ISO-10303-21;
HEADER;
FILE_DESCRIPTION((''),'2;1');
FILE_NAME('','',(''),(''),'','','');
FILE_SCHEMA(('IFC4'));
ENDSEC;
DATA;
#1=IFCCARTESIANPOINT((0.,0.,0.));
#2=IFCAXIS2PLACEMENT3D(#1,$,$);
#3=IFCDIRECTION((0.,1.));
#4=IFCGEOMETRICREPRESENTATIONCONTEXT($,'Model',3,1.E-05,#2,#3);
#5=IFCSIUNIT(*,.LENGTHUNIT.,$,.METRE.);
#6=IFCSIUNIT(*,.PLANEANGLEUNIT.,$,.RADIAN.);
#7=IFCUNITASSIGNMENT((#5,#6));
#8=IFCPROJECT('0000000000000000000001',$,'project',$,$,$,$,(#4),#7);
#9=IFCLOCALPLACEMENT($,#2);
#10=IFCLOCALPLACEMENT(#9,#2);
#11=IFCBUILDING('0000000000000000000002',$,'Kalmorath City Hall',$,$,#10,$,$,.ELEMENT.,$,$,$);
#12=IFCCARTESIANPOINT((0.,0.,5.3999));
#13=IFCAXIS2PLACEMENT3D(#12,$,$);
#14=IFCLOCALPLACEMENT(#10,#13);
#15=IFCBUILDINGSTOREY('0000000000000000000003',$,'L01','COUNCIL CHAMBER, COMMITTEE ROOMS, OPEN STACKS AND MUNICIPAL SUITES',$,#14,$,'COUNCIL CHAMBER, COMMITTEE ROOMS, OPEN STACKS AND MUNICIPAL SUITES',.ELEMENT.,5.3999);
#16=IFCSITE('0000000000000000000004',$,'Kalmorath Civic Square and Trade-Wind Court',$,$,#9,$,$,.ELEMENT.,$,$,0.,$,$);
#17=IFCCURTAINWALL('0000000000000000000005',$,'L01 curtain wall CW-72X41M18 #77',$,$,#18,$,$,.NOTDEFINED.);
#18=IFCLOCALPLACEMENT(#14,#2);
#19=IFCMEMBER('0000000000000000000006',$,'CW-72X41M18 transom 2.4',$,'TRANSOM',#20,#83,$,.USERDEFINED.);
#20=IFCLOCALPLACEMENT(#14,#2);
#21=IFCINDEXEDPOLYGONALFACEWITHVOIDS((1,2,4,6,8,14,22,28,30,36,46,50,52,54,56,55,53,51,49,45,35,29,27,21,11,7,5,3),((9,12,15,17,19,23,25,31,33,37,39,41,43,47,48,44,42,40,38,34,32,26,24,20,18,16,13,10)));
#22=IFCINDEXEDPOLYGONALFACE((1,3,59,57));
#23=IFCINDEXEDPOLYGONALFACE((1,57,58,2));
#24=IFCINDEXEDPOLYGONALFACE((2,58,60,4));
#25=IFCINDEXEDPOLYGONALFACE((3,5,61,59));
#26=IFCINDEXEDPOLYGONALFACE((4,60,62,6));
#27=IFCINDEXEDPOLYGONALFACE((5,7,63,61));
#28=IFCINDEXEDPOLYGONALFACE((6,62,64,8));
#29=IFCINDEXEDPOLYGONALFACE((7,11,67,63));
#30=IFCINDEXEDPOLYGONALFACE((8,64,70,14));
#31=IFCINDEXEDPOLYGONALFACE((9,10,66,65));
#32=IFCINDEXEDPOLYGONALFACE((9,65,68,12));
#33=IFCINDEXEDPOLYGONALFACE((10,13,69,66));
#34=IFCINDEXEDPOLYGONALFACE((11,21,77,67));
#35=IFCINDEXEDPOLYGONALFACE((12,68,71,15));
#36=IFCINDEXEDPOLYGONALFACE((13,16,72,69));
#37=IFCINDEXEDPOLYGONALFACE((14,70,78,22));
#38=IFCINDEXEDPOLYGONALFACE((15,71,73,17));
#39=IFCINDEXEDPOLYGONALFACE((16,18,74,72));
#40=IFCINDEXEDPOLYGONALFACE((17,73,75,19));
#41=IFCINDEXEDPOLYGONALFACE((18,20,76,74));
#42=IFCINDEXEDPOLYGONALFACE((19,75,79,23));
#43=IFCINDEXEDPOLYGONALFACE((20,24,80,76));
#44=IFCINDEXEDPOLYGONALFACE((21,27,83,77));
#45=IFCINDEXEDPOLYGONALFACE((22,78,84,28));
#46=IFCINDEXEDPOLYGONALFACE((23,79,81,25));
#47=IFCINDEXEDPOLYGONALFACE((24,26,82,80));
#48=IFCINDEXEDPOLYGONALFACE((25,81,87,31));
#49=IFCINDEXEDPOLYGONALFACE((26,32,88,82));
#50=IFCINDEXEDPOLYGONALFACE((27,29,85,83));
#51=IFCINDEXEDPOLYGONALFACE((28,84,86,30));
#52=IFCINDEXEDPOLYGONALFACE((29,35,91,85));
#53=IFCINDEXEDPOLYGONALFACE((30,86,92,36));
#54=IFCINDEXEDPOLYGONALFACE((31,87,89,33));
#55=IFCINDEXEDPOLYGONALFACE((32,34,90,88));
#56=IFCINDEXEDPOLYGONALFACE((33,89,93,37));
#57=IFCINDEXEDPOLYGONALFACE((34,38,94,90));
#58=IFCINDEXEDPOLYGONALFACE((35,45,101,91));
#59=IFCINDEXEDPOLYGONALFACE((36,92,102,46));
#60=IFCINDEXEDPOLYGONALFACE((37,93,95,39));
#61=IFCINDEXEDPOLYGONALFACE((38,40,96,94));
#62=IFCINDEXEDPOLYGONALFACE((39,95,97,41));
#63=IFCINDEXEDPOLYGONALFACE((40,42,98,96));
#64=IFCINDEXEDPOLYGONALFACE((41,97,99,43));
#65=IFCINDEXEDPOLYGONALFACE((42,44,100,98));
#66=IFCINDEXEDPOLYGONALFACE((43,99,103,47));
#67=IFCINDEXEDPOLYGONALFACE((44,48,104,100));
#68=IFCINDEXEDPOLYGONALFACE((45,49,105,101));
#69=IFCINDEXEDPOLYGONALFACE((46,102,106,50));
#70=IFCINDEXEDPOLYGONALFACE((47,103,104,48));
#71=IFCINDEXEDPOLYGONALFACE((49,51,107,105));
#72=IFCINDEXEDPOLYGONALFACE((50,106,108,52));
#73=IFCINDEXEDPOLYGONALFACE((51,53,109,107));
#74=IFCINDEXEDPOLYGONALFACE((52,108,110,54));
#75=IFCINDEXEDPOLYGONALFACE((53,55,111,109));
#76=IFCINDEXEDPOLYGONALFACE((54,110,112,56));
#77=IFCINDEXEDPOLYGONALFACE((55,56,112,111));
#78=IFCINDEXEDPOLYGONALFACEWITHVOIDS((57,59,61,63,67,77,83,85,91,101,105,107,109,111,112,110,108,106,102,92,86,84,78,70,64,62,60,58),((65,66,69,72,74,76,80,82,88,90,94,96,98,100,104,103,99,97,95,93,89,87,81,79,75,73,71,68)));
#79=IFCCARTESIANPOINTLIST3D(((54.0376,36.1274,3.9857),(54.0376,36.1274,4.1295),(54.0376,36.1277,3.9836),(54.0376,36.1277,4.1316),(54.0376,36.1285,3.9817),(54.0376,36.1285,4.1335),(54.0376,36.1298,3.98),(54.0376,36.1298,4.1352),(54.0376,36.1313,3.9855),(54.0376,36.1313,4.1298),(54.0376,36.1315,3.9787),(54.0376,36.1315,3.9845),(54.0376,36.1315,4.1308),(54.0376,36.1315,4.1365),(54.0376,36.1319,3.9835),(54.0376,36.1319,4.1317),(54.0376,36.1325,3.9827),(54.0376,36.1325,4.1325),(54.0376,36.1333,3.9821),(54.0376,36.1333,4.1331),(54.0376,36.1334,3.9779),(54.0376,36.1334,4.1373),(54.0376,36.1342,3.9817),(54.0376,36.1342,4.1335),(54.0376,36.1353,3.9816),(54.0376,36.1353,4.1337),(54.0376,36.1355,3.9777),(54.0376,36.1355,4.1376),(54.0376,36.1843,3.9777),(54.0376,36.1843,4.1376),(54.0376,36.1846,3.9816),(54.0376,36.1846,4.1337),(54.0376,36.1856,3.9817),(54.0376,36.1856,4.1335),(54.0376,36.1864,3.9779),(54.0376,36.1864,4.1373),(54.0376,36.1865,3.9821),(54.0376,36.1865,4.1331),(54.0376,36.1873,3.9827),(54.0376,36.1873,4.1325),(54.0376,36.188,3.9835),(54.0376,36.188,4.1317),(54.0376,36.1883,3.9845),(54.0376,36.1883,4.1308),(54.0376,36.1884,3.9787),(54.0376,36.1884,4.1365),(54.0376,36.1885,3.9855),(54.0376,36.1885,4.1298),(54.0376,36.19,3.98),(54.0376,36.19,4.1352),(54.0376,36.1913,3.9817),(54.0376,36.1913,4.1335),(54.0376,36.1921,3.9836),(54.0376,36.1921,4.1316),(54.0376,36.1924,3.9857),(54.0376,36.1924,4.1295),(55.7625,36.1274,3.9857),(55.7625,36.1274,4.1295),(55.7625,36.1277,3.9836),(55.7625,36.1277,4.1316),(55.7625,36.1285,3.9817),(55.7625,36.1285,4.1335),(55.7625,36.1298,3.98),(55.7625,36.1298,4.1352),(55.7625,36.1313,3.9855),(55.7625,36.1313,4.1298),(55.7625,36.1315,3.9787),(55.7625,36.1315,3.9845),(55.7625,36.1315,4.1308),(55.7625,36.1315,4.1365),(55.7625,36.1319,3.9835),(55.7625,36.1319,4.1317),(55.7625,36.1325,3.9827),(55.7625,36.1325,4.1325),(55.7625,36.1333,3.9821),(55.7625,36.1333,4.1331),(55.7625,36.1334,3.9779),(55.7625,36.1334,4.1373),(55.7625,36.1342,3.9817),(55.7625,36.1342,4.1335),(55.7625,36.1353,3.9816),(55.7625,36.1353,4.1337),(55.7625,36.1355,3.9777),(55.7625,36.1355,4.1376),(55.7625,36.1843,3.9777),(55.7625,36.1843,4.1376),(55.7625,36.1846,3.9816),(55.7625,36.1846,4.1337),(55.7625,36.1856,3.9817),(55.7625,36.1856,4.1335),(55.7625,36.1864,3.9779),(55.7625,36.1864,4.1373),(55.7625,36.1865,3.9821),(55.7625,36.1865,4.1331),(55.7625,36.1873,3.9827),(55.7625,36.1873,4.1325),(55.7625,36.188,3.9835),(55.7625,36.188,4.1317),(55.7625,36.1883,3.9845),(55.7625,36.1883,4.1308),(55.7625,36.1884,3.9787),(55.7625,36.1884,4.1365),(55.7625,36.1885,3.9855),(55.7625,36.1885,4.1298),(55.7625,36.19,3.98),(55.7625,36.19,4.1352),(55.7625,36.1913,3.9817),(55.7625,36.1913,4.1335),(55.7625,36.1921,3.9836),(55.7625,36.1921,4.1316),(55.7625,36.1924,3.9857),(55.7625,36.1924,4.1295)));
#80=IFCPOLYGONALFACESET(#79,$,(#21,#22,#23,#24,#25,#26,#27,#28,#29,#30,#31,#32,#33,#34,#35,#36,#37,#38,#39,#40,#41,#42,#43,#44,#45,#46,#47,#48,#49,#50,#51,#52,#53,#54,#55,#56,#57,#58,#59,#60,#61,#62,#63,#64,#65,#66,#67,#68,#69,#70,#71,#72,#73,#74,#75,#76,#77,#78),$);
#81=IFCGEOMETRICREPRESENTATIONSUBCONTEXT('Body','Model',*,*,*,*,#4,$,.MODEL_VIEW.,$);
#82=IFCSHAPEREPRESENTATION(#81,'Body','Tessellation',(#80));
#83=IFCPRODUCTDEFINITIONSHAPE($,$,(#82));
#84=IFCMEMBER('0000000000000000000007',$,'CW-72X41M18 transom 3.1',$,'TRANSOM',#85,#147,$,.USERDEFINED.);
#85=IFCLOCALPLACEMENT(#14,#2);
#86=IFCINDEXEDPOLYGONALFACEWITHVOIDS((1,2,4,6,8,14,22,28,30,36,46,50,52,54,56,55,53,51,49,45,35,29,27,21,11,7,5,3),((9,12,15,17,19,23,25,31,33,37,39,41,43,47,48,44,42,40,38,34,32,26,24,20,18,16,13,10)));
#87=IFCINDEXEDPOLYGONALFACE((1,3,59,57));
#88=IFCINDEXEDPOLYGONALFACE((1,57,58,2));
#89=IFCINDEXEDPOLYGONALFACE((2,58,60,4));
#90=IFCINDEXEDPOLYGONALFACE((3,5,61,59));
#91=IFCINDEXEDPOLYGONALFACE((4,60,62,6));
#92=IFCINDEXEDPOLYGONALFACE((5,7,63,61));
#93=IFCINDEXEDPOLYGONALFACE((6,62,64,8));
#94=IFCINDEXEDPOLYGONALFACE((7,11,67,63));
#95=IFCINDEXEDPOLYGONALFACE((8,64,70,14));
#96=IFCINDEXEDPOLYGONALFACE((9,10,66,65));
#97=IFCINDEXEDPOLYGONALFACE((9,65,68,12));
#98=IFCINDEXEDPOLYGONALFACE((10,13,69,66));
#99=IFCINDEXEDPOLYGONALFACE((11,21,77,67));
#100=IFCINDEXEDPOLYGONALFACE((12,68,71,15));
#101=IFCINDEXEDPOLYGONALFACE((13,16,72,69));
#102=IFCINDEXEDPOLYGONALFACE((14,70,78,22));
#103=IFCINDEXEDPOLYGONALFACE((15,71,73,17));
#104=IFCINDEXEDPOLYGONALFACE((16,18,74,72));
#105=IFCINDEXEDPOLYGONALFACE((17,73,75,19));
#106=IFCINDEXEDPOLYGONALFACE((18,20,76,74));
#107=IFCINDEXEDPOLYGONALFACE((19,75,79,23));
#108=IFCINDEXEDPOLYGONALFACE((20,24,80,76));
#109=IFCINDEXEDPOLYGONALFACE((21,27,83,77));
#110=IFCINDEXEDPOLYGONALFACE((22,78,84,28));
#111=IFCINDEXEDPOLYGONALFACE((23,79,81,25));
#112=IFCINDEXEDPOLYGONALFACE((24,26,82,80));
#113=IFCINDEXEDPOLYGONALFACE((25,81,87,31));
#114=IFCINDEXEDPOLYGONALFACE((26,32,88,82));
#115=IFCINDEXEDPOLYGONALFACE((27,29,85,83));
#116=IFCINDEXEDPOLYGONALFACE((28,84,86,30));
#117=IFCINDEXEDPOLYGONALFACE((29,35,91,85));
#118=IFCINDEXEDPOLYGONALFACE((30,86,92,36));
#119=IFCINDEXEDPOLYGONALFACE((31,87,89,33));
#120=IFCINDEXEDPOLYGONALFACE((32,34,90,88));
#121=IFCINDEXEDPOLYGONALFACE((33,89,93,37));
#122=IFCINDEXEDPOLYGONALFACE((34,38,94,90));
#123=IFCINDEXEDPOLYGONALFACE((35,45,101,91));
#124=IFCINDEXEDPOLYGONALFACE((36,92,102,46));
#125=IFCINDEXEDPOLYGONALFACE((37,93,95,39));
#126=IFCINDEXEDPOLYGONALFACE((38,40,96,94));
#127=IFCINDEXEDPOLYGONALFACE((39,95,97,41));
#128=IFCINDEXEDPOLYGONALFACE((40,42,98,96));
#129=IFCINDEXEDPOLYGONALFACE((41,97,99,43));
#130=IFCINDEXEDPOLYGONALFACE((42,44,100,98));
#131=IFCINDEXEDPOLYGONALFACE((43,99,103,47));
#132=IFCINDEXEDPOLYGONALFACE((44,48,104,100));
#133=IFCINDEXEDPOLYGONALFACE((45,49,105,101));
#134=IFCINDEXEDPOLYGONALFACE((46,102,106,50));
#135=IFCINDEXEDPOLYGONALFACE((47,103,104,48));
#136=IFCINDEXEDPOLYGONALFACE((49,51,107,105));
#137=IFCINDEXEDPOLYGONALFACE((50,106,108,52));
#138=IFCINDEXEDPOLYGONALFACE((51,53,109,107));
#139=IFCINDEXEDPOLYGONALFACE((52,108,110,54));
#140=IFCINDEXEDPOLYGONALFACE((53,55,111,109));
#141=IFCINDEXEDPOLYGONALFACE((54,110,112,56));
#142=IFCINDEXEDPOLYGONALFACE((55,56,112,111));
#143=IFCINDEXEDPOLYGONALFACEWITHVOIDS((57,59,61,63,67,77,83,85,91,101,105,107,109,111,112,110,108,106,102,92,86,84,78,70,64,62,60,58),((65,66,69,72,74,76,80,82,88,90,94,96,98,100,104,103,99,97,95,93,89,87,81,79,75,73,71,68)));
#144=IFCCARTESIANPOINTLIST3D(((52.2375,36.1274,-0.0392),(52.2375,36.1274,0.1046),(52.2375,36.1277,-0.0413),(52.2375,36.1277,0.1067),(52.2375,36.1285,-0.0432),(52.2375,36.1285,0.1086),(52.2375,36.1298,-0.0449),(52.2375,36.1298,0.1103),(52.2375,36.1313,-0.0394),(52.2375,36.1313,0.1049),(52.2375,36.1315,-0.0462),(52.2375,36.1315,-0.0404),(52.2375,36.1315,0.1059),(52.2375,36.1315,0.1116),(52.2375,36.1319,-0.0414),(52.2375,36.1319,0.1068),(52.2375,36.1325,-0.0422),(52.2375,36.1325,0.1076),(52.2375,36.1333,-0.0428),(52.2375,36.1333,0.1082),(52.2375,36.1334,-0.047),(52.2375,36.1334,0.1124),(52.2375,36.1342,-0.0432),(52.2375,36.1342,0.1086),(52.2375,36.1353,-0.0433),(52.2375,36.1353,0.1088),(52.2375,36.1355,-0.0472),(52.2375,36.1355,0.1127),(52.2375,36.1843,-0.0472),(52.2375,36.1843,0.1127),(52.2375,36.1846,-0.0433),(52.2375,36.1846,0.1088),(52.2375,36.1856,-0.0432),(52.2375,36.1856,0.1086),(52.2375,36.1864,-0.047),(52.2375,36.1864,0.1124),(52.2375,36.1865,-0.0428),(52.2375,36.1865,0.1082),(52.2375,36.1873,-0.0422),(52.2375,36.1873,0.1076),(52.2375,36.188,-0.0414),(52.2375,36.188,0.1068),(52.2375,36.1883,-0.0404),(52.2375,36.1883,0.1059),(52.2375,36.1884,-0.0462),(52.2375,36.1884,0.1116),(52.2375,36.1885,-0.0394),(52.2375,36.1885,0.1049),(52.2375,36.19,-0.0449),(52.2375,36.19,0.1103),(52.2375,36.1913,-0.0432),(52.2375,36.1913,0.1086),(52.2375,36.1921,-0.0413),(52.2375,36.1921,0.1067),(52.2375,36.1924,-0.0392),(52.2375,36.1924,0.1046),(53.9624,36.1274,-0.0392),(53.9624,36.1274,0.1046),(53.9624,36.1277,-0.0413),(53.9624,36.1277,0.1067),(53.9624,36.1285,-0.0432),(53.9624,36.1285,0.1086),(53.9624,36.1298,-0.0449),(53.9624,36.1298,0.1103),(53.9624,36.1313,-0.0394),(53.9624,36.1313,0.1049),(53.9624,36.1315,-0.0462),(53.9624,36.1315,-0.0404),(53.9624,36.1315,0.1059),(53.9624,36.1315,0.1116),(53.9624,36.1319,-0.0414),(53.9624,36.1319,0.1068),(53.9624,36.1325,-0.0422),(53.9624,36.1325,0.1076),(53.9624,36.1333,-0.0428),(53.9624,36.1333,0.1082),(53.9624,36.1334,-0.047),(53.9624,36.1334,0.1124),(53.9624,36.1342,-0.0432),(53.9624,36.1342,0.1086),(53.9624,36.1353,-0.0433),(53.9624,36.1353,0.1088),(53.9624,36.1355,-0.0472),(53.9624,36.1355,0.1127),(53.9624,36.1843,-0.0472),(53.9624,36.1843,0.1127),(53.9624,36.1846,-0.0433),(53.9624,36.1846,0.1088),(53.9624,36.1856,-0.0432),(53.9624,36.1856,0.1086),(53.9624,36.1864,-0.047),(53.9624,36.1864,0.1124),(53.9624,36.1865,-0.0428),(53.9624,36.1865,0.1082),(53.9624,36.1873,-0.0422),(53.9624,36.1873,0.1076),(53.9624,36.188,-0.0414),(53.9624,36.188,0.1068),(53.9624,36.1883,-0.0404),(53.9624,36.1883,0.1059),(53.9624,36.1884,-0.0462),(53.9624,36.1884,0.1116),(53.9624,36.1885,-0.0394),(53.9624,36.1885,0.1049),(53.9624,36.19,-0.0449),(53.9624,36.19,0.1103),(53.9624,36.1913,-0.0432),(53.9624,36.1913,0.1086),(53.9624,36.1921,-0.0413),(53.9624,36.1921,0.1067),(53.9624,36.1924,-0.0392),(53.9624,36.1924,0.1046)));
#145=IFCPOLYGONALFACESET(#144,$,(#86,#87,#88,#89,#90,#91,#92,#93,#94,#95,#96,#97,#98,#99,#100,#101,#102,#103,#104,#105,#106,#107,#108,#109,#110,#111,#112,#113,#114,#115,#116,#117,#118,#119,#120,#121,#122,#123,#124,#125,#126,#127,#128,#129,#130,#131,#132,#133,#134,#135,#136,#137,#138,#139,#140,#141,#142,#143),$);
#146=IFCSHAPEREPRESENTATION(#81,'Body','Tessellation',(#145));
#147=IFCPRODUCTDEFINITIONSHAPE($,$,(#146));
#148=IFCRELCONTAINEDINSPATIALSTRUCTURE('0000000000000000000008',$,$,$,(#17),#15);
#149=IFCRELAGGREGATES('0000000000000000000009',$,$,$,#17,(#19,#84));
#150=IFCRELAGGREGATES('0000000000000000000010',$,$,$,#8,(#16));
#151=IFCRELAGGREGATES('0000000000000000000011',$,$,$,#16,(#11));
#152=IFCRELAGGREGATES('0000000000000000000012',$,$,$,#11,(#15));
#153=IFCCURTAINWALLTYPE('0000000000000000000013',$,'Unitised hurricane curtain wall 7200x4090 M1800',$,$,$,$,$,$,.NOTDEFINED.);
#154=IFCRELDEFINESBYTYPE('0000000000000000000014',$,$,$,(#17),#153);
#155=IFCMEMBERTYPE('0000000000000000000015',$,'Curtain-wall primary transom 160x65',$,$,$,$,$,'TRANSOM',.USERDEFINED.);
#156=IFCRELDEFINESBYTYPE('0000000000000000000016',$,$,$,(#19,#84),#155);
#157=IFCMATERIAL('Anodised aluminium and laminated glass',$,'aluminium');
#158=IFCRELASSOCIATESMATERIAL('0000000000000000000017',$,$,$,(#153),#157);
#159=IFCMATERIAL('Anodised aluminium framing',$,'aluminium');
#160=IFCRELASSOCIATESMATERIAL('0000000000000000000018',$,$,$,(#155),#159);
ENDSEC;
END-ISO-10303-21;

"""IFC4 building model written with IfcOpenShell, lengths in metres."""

from ifc_helpers import new_model, si_unit, direction, frame, origin, origin_2d, place, context, subcontext, project, spatial, hollow_rectangle, extrude, material, material_profile, profile_set, type_object, element, aggregate, save


model = new_model("IFC4")

# Units and contexts
model_context = context("Model", 3, precision=1e-05, world=origin(), true_north=direction((0.0, 1.0)))
body_context = subcontext(model_context, "Body", "Model", "MODEL_VIEW")
ifc_project = project(units=[si_unit("LENGTHUNIT", "METRE"), si_unit("PLANEANGLEUNIT", "RADIAN")], contexts=[model_context])

# Site, building, storey
site_placement = place(None, origin())
site = spatial("IfcSite", under=ifc_project, at=site_placement, Name="Kalmorath Civic Square and Trade-Wind Court", CompositionType="ELEMENT", RefElevation=0.0)
building_placement = place(site_placement, origin())
building = spatial("IfcBuilding", under=site, at=building_placement, Name="Kalmorath City Hall", CompositionType="ELEMENT")
storey_placement = place(building_placement, frame((0.0, 0.0, 5.3999)))
storey = spatial("IfcBuildingStorey", under=building, at=storey_placement, Name="L01", Description="COUNCIL CHAMBER, COMMITTEE ROOMS, OPEN STACKS AND MUNICIPAL SUITES", LongName="COUNCIL CHAMBER, COMMITTEE ROOMS, OPEN STACKS AND MUNICIPAL SUITES", CompositionType="ELEMENT", Elevation=5.3999)

# Curtain wall, members
ifc_material_1 = material(Name="Anodised aluminium and laminated glass", Category="aluminium")
curtain_wall_type = type_object("IfcCurtainWallType", Name="Unitised hurricane curtain wall 7200x4090 M1800", PredefinedType="NOTDEFINED", material=ifc_material_1)
curtain_wall_placement = place(storey_placement, origin())
curtain_wall = element("IfcCurtainWall", 1, at=curtain_wall_placement, inside=storey, type_object=curtain_wall_type, Name="L01 curtain wall CW-72X41M18 #77", PredefinedType="NOTDEFINED")
ifc_material_2 = material(Name="Anodised aluminium framing", Category="aluminium")
ifc_material_profile_1 = material_profile(ifc_material_2, hollow_rectangle(XDim=0.0649, YDim=0.1599, WallThickness=0.0039, InnerFilletRadius=0.0039, OuterFilletRadius=0.0081, at=origin_2d()), Name="ALU-TRN-160X65X4")
ifc_profile_set_1 = profile_set([ifc_material_profile_1], Name="Anodised aluminium framing")
member_type_1 = type_object("IfcMemberType", Name="Curtain-wall primary transom 160x65", ElementType="TRANSOM", PredefinedType="USERDEFINED", material=ifc_profile_set_1)
member_1_placement = place(storey_placement, frame((55.7625, 36.1599, 4.0576), z_axis=(-1.0, 0.0, 0.0), x_axis=(0.0, -1.0, 0.0)))
member_1 = element("IfcMember", 2, at=member_1_placement, type_object=member_type_1, Name="CW-72X41M18 transom 2.4", ObjectType="TRANSOM", PredefinedType="USERDEFINED", context=body_context, shape_type="SweptSolid", body=[
    extrude(hollow_rectangle(XDim=0.0649, YDim=0.1599, WallThickness=0.0039, InnerFilletRadius=0.0039, OuterFilletRadius=0.0081, at=origin_2d()), origin(), (0.0, 0.0, 1.0), 1.7249),
])
member_2_placement = place(storey_placement, frame((53.9624, 36.1599, 0.0327), z_axis=(-1.0, 0.0, 0.0), x_axis=(0.0, -1.0, 0.0)))
member_2 = element("IfcMember", 3, at=member_2_placement, type_object=member_type_1, Name="CW-72X41M18 transom 3.1", ObjectType="TRANSOM", PredefinedType="USERDEFINED", context=body_context, shape_type="SweptSolid", body=[
    extrude(hollow_rectangle(XDim=0.0649, YDim=0.1599, WallThickness=0.0039, InnerFilletRadius=0.0039, OuterFilletRadius=0.0081, at=origin_2d()), origin(), (0.0, 0.0, 1.0), 1.7249),
])
aggregate(curtain_wall, [member_1, member_2])

save(model, "model.ifc")
